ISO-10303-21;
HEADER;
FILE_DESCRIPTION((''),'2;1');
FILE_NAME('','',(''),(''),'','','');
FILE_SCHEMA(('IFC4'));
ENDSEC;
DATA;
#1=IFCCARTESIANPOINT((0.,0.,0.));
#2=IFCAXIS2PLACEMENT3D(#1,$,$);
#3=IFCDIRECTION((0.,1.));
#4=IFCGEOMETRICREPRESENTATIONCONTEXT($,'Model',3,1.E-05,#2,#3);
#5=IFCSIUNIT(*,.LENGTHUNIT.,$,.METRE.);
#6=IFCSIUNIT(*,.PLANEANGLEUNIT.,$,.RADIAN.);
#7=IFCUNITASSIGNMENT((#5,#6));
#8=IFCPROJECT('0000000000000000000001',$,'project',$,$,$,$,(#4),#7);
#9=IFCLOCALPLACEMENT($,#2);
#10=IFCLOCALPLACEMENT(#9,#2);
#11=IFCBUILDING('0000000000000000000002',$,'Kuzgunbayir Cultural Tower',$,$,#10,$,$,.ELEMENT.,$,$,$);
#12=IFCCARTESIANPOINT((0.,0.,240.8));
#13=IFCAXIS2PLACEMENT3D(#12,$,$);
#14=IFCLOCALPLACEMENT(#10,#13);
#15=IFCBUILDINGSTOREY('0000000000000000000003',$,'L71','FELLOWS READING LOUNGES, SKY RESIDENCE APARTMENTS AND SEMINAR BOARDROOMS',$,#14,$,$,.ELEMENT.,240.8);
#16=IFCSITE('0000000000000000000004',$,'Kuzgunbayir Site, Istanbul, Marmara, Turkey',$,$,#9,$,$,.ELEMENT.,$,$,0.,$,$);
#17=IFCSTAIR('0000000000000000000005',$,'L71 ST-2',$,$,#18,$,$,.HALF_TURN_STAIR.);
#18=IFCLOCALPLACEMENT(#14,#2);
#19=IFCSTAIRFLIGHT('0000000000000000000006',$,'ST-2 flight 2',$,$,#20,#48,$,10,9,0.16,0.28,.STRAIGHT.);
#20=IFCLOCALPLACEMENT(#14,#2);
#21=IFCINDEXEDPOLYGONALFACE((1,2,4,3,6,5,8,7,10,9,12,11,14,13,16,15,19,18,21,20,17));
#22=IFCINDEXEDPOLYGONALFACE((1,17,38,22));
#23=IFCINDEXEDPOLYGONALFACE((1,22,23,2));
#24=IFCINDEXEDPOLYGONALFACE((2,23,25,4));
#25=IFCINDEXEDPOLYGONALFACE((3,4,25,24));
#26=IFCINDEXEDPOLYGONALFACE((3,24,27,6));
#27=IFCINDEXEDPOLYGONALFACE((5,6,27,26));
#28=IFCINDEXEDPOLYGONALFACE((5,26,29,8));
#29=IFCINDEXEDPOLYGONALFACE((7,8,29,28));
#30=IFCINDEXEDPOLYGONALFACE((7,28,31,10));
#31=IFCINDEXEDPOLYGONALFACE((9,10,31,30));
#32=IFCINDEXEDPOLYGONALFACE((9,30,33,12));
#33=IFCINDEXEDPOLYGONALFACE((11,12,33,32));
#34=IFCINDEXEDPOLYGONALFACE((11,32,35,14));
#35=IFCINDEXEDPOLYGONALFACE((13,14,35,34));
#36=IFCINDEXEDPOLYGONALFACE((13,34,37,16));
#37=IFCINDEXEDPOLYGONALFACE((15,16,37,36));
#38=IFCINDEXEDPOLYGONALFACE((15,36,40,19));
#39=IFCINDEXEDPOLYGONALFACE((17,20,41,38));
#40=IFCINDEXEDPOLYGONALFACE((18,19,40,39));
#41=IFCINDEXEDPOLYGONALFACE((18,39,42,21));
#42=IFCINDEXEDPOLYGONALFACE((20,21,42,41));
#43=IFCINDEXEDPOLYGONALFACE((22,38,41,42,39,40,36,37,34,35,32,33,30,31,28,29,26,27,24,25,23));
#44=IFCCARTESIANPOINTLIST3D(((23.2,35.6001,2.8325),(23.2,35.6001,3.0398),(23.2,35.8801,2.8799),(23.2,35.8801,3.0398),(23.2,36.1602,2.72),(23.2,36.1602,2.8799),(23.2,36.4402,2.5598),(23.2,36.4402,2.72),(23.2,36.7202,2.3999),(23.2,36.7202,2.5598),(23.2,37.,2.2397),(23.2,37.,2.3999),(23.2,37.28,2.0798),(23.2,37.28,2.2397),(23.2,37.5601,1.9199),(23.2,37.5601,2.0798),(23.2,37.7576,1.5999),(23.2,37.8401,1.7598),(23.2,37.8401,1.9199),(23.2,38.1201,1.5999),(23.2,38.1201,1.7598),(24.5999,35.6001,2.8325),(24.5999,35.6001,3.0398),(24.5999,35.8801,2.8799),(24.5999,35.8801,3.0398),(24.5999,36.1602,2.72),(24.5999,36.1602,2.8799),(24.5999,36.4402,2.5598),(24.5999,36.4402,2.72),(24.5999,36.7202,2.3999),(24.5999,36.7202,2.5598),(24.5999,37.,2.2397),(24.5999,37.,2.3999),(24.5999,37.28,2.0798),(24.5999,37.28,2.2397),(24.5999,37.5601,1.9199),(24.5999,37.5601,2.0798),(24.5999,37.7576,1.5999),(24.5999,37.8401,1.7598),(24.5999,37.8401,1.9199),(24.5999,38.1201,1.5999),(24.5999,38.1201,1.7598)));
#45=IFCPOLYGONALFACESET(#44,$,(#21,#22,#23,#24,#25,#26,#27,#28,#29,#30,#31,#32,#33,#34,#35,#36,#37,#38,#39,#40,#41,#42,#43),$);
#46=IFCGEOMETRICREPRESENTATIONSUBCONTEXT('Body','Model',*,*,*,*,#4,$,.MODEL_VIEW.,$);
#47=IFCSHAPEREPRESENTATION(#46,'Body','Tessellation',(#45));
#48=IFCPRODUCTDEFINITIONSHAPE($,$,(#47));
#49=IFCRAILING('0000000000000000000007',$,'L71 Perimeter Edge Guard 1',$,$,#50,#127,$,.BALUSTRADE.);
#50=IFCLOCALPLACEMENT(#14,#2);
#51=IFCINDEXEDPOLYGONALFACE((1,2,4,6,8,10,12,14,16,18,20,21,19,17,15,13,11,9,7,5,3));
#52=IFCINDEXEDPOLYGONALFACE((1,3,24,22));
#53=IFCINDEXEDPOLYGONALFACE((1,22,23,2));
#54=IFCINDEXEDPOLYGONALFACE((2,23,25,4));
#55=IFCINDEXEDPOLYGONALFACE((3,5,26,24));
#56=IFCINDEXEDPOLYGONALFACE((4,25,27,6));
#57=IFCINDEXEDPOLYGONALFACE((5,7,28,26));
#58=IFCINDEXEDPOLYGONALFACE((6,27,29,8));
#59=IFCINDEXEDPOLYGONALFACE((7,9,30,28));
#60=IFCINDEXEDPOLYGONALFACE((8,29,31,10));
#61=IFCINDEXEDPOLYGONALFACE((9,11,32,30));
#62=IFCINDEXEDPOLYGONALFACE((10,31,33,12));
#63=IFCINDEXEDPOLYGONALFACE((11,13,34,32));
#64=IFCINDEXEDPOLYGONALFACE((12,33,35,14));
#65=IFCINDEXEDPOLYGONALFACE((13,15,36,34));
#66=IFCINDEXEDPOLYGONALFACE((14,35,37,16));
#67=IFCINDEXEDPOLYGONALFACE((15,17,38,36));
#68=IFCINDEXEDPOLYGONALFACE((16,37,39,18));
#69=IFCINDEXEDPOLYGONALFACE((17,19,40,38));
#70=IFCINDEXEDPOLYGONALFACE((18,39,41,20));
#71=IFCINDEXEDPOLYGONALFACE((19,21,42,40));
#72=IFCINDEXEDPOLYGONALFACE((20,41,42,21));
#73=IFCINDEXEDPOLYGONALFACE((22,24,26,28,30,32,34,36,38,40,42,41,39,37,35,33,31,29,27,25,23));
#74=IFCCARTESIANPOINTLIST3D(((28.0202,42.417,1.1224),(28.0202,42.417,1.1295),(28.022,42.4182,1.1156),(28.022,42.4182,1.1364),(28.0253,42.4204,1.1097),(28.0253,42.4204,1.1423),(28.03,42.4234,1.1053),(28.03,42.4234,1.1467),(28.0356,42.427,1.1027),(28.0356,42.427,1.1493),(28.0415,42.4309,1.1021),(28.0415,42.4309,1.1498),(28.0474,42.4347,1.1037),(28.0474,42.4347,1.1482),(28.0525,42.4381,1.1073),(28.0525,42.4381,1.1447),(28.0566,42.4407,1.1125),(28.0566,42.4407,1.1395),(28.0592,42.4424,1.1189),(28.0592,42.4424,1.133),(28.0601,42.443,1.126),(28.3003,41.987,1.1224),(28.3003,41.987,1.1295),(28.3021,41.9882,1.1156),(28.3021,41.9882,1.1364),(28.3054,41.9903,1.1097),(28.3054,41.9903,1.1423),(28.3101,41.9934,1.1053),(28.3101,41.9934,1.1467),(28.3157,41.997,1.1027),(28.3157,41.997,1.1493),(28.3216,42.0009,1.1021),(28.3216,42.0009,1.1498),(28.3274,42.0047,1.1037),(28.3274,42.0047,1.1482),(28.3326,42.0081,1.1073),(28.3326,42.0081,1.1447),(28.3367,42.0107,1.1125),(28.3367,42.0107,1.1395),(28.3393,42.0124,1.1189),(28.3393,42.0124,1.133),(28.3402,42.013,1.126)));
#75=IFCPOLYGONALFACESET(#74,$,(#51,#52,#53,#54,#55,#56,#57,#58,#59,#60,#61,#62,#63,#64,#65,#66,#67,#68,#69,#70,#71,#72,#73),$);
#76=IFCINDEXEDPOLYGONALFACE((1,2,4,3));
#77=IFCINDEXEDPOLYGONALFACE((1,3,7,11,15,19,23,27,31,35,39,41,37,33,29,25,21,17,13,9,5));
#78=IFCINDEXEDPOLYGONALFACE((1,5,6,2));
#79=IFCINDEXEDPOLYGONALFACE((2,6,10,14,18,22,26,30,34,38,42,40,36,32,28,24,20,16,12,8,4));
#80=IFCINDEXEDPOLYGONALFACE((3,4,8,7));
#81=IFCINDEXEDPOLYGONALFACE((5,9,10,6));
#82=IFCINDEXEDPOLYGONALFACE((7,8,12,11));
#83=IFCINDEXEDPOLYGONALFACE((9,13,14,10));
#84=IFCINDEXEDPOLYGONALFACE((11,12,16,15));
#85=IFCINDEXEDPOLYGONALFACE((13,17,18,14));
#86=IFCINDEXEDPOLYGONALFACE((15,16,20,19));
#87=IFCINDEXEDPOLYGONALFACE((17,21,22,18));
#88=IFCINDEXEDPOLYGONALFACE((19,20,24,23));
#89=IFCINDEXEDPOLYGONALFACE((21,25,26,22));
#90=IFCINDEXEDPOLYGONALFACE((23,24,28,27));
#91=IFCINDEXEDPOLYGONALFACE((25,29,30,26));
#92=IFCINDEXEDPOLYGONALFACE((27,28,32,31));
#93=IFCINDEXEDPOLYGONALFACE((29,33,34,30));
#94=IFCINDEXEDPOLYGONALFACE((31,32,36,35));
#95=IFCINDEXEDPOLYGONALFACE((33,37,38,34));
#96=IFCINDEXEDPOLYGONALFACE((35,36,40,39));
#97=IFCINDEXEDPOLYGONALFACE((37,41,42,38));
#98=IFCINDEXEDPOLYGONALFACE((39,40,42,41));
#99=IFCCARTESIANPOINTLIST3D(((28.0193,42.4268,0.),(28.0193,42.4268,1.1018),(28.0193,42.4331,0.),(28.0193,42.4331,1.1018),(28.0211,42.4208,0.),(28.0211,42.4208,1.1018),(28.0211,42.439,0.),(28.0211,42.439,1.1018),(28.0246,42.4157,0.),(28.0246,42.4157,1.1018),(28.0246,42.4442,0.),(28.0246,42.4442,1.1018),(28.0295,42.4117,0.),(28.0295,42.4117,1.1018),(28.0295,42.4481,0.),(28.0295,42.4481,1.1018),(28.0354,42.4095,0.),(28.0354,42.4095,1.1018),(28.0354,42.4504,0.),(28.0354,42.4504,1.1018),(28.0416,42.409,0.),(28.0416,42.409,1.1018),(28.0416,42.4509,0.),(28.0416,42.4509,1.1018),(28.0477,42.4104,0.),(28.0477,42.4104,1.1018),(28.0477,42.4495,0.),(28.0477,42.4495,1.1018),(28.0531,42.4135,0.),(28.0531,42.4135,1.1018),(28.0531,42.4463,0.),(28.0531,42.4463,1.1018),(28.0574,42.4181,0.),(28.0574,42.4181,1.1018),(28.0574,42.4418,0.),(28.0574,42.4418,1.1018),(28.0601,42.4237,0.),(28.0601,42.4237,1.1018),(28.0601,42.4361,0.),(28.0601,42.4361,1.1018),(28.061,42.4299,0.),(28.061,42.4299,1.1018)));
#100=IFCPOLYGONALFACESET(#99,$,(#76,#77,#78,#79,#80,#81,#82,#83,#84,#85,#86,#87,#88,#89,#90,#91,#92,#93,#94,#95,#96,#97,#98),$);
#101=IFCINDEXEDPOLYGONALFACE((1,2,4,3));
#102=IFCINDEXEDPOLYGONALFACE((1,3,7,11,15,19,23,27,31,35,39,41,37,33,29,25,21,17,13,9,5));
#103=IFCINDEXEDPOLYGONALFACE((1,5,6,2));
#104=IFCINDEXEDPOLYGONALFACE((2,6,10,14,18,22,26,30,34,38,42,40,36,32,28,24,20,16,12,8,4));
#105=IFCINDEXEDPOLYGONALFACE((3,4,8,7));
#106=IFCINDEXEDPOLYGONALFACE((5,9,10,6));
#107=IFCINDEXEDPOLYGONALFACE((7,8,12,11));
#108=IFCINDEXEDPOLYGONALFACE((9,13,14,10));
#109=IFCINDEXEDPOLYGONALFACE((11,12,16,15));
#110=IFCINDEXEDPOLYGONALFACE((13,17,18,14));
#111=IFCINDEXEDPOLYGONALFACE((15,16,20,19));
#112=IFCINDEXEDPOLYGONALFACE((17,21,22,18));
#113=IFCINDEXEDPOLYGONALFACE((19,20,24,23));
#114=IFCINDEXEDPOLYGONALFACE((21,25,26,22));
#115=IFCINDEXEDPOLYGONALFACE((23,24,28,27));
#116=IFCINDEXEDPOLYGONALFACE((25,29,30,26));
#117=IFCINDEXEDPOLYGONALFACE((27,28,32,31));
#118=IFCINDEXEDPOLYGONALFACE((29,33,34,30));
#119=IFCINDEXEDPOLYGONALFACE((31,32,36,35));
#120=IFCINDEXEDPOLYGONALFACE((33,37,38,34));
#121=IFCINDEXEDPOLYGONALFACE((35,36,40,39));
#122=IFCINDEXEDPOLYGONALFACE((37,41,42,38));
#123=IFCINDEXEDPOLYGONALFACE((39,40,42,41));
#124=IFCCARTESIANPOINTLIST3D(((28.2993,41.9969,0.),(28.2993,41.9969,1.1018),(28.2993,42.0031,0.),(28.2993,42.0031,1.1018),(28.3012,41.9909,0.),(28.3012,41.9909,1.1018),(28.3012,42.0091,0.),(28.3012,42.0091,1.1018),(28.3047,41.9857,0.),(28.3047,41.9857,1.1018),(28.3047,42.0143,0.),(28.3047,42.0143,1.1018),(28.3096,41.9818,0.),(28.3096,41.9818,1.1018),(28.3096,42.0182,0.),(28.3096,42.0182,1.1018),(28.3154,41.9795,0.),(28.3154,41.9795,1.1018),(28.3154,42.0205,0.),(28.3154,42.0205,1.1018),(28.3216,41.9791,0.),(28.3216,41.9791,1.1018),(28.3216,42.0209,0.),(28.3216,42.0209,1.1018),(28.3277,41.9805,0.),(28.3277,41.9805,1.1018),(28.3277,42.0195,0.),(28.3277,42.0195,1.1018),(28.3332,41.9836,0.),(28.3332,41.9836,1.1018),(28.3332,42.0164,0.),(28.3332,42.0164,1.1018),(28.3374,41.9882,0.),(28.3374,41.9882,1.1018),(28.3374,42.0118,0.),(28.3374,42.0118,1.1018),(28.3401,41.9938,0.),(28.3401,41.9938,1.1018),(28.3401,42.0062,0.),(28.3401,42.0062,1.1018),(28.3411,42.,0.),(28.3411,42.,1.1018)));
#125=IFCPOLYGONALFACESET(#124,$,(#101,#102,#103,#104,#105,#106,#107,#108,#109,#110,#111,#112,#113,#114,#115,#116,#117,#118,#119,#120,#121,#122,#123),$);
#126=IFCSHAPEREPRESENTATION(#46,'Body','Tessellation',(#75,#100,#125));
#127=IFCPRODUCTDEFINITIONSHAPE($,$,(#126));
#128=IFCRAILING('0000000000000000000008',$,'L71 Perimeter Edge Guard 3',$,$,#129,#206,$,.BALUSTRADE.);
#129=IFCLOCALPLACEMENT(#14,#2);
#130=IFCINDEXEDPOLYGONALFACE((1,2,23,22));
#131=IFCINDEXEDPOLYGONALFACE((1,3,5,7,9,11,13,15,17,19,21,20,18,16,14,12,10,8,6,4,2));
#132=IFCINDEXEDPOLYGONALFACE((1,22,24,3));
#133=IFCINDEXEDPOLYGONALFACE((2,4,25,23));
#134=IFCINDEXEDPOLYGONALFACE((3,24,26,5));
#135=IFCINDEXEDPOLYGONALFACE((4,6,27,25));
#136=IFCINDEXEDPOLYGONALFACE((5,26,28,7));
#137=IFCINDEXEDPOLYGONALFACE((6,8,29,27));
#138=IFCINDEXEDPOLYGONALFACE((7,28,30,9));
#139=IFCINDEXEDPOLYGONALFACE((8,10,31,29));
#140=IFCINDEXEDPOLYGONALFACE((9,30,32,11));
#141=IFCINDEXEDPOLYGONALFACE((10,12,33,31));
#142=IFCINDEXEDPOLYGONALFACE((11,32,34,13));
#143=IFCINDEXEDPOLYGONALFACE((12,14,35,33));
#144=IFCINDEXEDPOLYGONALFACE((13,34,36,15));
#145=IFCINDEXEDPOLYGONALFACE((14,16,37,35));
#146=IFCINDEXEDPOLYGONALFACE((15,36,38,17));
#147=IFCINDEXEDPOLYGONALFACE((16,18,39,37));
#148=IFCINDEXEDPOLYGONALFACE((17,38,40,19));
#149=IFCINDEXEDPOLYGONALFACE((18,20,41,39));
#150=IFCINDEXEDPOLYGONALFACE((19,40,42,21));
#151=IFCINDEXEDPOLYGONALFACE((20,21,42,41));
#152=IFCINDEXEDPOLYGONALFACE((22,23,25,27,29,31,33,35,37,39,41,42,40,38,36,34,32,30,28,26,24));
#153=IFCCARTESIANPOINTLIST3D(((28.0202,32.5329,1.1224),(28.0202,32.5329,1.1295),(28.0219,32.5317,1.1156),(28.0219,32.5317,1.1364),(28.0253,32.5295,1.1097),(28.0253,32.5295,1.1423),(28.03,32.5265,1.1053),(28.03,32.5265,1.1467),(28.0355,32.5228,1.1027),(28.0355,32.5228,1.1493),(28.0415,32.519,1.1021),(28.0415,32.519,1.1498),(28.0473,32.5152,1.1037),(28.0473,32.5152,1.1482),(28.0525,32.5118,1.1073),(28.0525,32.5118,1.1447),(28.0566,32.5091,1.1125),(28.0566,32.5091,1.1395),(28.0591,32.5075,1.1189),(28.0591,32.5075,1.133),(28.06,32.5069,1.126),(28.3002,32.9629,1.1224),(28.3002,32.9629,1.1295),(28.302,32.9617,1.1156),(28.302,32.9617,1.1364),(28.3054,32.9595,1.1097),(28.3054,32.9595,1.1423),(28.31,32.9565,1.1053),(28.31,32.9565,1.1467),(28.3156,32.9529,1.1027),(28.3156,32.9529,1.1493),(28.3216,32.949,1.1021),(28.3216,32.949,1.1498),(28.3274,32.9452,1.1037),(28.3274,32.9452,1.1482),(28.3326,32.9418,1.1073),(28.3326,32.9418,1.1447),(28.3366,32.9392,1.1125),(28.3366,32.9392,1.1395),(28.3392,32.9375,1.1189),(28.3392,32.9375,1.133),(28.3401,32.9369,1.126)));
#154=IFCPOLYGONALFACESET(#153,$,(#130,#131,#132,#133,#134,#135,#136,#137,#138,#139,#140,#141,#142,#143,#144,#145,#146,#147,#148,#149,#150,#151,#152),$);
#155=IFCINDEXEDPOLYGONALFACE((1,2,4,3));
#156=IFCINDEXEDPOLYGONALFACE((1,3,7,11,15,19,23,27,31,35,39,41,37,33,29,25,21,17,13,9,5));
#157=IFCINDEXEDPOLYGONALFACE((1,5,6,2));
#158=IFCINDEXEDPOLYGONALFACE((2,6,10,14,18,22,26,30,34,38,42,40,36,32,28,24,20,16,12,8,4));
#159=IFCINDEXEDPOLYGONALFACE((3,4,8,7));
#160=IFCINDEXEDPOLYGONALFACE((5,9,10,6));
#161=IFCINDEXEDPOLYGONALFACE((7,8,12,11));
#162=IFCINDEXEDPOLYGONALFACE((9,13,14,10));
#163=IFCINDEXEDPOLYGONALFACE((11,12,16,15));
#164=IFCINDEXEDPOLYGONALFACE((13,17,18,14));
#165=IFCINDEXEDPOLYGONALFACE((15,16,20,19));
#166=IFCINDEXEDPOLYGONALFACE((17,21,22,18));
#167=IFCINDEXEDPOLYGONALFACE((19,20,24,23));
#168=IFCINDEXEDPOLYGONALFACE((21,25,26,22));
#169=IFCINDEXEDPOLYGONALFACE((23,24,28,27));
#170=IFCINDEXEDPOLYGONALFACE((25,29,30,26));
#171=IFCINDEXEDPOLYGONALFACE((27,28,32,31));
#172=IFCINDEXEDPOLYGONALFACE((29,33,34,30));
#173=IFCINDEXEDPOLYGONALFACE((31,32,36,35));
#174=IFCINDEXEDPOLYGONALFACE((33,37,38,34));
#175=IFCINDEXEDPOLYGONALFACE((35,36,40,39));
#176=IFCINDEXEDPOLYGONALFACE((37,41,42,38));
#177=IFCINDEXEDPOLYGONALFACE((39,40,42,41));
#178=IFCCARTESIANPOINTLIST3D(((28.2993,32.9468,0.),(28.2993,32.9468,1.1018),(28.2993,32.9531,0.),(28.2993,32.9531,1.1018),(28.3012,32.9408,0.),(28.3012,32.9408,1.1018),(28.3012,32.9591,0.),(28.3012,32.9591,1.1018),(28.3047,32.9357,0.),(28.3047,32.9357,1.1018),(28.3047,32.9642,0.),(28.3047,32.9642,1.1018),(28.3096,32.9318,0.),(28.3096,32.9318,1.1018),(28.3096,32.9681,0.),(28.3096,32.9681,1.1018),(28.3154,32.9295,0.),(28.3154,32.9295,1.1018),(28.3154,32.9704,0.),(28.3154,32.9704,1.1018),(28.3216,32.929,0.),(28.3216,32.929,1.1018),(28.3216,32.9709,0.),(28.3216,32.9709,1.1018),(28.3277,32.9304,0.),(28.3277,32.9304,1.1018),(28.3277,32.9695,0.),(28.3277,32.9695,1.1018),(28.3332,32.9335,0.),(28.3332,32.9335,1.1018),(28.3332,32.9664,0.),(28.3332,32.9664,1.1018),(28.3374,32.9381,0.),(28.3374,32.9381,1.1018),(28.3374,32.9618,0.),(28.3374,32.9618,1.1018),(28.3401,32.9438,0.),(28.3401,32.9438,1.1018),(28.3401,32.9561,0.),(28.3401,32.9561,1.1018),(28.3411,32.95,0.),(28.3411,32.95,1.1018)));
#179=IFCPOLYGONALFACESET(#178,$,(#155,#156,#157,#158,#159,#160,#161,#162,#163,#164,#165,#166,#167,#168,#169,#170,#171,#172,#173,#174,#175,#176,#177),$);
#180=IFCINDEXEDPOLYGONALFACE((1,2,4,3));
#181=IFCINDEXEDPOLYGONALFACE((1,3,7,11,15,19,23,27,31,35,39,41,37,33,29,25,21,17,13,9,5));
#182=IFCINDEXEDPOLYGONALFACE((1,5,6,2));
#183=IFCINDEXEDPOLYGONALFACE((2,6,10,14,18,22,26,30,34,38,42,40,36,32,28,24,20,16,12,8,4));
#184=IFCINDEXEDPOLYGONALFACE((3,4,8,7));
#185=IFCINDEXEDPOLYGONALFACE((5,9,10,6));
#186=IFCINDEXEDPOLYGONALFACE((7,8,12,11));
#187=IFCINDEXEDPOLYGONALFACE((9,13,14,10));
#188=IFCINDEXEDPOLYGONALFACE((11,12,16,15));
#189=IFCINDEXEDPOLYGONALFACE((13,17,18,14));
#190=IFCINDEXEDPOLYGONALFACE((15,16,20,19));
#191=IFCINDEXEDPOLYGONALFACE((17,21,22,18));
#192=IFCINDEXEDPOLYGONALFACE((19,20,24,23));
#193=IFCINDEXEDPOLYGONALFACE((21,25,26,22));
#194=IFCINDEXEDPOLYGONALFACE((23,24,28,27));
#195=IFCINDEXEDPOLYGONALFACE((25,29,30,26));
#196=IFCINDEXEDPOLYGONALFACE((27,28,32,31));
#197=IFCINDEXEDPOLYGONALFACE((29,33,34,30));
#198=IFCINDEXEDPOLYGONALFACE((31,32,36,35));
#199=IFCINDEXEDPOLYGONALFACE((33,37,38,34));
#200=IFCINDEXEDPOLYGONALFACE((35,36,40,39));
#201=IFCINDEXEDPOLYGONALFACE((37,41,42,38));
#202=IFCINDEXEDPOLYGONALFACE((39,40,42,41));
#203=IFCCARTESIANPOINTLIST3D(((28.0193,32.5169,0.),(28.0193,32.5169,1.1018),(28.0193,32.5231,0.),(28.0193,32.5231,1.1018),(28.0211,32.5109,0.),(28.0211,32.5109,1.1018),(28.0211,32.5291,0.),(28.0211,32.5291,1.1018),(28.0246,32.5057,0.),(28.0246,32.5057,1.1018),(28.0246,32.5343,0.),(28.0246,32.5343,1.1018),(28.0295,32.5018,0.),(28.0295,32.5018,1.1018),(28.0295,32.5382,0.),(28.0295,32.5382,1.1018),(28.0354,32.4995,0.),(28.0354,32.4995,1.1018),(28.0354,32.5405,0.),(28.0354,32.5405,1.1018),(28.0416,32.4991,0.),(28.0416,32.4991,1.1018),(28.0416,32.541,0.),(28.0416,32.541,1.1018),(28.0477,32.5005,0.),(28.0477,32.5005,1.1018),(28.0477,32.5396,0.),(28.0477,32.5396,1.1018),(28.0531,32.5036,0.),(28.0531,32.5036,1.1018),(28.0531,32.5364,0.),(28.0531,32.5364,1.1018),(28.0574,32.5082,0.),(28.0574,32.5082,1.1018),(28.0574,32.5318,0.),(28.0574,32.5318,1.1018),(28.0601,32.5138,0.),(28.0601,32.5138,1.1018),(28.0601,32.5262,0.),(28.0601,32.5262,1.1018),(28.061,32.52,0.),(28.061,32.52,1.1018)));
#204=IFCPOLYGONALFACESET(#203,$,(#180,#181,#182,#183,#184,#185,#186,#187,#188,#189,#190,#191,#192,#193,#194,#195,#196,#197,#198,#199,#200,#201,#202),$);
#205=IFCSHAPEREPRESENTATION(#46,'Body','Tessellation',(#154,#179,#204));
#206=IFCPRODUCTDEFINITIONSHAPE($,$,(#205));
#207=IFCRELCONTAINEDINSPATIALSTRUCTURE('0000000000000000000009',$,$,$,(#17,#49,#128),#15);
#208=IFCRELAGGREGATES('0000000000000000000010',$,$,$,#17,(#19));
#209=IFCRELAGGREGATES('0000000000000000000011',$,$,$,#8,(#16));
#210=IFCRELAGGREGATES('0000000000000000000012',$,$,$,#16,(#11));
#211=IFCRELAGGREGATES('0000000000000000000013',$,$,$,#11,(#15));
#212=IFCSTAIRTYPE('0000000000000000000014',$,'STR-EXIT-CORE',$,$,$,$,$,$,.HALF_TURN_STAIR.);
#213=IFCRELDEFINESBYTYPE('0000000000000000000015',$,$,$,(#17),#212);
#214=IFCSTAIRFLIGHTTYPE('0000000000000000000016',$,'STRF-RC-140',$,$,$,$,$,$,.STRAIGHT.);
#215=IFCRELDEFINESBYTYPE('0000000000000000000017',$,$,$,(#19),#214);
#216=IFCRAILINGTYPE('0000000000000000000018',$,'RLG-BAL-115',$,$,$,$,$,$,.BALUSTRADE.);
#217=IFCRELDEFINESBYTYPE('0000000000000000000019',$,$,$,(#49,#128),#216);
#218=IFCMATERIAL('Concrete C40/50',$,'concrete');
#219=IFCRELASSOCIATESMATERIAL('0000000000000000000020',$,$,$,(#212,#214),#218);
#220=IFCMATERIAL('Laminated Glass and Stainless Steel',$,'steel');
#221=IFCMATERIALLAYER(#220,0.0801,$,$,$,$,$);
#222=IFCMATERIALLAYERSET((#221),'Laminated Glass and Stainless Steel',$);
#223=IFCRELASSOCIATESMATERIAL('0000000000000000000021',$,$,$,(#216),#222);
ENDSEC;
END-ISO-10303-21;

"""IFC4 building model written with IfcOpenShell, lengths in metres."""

from ifc_helpers import new_model, si_unit, direction, frame, origin, origin_2d, place, context, subcontext, project, spatial, polyline, circle, outline, extrude, material, layer, layer_set, type_object, element, aggregate, save


model = new_model("IFC4")

# Units and contexts
model_context = context("Model", 3, precision=1e-05, world=origin(), true_north=direction((0.0, 1.0)))
body_context = subcontext(model_context, "Body", "Model", "MODEL_VIEW")
ifc_project = project(units=[si_unit("LENGTHUNIT", "METRE"), si_unit("PLANEANGLEUNIT", "RADIAN")], contexts=[model_context])

# Site, building, storey
site_placement = place(None, origin())
site = spatial("IfcSite", under=ifc_project, at=site_placement, Name="Kuzgunbayir Site, Istanbul, Marmara, Turkey", CompositionType="ELEMENT", RefElevation=0.0)
building_placement = place(site_placement, origin())
building = spatial("IfcBuilding", under=site, at=building_placement, Name="Kuzgunbayir Cultural Tower", CompositionType="ELEMENT")
storey_placement = place(building_placement, frame((0.0, 0.0, 240.8)))
storey = spatial("IfcBuildingStorey", under=building, at=storey_placement, Name="L71", Description="FELLOWS READING LOUNGES, SKY RESIDENCE APARTMENTS AND SEMINAR BOARDROOMS", CompositionType="ELEMENT", Elevation=240.8)

# Shared definitions
ifc_material_1 = material(Name="Concrete C40/50", Category="concrete")

# Stair, stair flight
stair_type = type_object("IfcStairType", Name="STR-EXIT-CORE", PredefinedType="HALF_TURN_STAIR", material=ifc_material_1)
stair_placement = place(storey_placement, origin())
stair = element("IfcStair", 1, at=stair_placement, inside=storey, type_object=stair_type, Name="L71 ST-2", PredefinedType="HALF_TURN_STAIR")
stair_flight_type = type_object("IfcStairFlightType", Name="STRF-RC-140", PredefinedType="STRAIGHT", material=ifc_material_1)
stair_flight_1_placement = place(storey_placement, frame((23.8999, 38.1201, 1.5999), z_axis=(0.0, 0.0, 1.0), x_axis=(0.0, -1.0, 0.0)))
stair_flight_1 = element("IfcStairFlight", 2, at=stair_flight_1_placement, type_object=stair_flight_type, Name="ST-2 flight 2", NumberOfRisers=10, NumberOfTreads=9, PredefinedType="STRAIGHT", RiserHeight=0.16, TreadLength=0.28, context=body_context, shape_type="SweptSolid", body=[
    extrude(outline(polyline([(0.0, 0.0), (0.0, 0.1599), (0.28, 0.1599), (0.28, 0.3201), (0.5601, 0.3201), (0.5601, 0.48), (0.8401, 0.48), (0.8401, 0.6399), (1.1201, 0.6399), (1.1201, 0.8), (1.3999, 0.8), (1.3999, 0.96), (1.6799, 0.96), (1.6799, 1.1201), (1.96, 1.1201), (1.96, 1.28), (2.24, 1.28), (2.24, 1.4399), (2.52, 1.4399), (2.52, 1.6001), (2.52, 1.2327), (0.3625, 0.0), (0.0, 0.0)])), frame((0.0, 0.7, 0.0), z_axis=(0.0, -1.0, 0.0), x_axis=(1.0, 0.0, 0.0)), (0.0, 0.0, 1.0), 1.3999),
])
aggregate(stair, [stair_flight_1])

# Railings
ifc_material_2 = material(Name="Laminated Glass and Stainless Steel", Category="steel")
ifc_layer_1 = layer(ifc_material_2, 0.0801)
ifc_layer_set_1 = layer_set([ifc_layer_1], Name="Laminated Glass and Stainless Steel")
railing_type_1 = type_object("IfcRailingType", Name="RLG-BAL-115", PredefinedType="BALUSTRADE", material=ifc_layer_set_1)
railing_1_placement = place(storey_placement, frame((28.04, 42.4299, 0.0)))
element("IfcRailing", 3, at=railing_1_placement, inside=storey, type_object=railing_type_1, Name="L71 Perimeter Edge Guard 1", PredefinedType="BALUSTRADE", context=body_context, shape_type="SweptSolid", body=[
    extrude(circle(Radius=0.0239, at=origin_2d()), frame((0.0, 0.0, 1.126), z_axis=(0.545774, -0.837932, 0.0), x_axis=(0.837932, 0.545774, 0.0)), (0.0, 0.0, 1.0), 0.5132),
    extrude(circle(Radius=0.021, at=origin_2d()), origin(), (0.0, 0.0, 1.0), 1.1018),
    extrude(circle(Radius=0.021, at=origin_2d()), frame((0.28, -0.4299, 0.0)), (0.0, 0.0, 1.0), 1.1018),
])
railing_2_placement = place(storey_placement, frame((28.3201, 32.95, 0.0)))
element("IfcRailing", 4, at=railing_2_placement, inside=storey, type_object=railing_type_1, Name="L71 Perimeter Edge Guard 3", PredefinedType="BALUSTRADE", context=body_context, shape_type="SweptSolid", body=[
    extrude(circle(Radius=0.0239, at=origin_2d()), frame((0.0, 0.0, 1.126), z_axis=(-0.545774, -0.837932, 0.0), x_axis=(0.837932, -0.545774, 0.0)), (0.0, 0.0, 1.0), 0.5132),
    extrude(circle(Radius=0.021, at=origin_2d()), origin(), (0.0, 0.0, 1.0), 1.1018),
    extrude(circle(Radius=0.021, at=origin_2d()), frame((-0.28, -0.4299, 0.0)), (0.0, 0.0, 1.0), 1.1018),
])

save(model, "model.ifc")
